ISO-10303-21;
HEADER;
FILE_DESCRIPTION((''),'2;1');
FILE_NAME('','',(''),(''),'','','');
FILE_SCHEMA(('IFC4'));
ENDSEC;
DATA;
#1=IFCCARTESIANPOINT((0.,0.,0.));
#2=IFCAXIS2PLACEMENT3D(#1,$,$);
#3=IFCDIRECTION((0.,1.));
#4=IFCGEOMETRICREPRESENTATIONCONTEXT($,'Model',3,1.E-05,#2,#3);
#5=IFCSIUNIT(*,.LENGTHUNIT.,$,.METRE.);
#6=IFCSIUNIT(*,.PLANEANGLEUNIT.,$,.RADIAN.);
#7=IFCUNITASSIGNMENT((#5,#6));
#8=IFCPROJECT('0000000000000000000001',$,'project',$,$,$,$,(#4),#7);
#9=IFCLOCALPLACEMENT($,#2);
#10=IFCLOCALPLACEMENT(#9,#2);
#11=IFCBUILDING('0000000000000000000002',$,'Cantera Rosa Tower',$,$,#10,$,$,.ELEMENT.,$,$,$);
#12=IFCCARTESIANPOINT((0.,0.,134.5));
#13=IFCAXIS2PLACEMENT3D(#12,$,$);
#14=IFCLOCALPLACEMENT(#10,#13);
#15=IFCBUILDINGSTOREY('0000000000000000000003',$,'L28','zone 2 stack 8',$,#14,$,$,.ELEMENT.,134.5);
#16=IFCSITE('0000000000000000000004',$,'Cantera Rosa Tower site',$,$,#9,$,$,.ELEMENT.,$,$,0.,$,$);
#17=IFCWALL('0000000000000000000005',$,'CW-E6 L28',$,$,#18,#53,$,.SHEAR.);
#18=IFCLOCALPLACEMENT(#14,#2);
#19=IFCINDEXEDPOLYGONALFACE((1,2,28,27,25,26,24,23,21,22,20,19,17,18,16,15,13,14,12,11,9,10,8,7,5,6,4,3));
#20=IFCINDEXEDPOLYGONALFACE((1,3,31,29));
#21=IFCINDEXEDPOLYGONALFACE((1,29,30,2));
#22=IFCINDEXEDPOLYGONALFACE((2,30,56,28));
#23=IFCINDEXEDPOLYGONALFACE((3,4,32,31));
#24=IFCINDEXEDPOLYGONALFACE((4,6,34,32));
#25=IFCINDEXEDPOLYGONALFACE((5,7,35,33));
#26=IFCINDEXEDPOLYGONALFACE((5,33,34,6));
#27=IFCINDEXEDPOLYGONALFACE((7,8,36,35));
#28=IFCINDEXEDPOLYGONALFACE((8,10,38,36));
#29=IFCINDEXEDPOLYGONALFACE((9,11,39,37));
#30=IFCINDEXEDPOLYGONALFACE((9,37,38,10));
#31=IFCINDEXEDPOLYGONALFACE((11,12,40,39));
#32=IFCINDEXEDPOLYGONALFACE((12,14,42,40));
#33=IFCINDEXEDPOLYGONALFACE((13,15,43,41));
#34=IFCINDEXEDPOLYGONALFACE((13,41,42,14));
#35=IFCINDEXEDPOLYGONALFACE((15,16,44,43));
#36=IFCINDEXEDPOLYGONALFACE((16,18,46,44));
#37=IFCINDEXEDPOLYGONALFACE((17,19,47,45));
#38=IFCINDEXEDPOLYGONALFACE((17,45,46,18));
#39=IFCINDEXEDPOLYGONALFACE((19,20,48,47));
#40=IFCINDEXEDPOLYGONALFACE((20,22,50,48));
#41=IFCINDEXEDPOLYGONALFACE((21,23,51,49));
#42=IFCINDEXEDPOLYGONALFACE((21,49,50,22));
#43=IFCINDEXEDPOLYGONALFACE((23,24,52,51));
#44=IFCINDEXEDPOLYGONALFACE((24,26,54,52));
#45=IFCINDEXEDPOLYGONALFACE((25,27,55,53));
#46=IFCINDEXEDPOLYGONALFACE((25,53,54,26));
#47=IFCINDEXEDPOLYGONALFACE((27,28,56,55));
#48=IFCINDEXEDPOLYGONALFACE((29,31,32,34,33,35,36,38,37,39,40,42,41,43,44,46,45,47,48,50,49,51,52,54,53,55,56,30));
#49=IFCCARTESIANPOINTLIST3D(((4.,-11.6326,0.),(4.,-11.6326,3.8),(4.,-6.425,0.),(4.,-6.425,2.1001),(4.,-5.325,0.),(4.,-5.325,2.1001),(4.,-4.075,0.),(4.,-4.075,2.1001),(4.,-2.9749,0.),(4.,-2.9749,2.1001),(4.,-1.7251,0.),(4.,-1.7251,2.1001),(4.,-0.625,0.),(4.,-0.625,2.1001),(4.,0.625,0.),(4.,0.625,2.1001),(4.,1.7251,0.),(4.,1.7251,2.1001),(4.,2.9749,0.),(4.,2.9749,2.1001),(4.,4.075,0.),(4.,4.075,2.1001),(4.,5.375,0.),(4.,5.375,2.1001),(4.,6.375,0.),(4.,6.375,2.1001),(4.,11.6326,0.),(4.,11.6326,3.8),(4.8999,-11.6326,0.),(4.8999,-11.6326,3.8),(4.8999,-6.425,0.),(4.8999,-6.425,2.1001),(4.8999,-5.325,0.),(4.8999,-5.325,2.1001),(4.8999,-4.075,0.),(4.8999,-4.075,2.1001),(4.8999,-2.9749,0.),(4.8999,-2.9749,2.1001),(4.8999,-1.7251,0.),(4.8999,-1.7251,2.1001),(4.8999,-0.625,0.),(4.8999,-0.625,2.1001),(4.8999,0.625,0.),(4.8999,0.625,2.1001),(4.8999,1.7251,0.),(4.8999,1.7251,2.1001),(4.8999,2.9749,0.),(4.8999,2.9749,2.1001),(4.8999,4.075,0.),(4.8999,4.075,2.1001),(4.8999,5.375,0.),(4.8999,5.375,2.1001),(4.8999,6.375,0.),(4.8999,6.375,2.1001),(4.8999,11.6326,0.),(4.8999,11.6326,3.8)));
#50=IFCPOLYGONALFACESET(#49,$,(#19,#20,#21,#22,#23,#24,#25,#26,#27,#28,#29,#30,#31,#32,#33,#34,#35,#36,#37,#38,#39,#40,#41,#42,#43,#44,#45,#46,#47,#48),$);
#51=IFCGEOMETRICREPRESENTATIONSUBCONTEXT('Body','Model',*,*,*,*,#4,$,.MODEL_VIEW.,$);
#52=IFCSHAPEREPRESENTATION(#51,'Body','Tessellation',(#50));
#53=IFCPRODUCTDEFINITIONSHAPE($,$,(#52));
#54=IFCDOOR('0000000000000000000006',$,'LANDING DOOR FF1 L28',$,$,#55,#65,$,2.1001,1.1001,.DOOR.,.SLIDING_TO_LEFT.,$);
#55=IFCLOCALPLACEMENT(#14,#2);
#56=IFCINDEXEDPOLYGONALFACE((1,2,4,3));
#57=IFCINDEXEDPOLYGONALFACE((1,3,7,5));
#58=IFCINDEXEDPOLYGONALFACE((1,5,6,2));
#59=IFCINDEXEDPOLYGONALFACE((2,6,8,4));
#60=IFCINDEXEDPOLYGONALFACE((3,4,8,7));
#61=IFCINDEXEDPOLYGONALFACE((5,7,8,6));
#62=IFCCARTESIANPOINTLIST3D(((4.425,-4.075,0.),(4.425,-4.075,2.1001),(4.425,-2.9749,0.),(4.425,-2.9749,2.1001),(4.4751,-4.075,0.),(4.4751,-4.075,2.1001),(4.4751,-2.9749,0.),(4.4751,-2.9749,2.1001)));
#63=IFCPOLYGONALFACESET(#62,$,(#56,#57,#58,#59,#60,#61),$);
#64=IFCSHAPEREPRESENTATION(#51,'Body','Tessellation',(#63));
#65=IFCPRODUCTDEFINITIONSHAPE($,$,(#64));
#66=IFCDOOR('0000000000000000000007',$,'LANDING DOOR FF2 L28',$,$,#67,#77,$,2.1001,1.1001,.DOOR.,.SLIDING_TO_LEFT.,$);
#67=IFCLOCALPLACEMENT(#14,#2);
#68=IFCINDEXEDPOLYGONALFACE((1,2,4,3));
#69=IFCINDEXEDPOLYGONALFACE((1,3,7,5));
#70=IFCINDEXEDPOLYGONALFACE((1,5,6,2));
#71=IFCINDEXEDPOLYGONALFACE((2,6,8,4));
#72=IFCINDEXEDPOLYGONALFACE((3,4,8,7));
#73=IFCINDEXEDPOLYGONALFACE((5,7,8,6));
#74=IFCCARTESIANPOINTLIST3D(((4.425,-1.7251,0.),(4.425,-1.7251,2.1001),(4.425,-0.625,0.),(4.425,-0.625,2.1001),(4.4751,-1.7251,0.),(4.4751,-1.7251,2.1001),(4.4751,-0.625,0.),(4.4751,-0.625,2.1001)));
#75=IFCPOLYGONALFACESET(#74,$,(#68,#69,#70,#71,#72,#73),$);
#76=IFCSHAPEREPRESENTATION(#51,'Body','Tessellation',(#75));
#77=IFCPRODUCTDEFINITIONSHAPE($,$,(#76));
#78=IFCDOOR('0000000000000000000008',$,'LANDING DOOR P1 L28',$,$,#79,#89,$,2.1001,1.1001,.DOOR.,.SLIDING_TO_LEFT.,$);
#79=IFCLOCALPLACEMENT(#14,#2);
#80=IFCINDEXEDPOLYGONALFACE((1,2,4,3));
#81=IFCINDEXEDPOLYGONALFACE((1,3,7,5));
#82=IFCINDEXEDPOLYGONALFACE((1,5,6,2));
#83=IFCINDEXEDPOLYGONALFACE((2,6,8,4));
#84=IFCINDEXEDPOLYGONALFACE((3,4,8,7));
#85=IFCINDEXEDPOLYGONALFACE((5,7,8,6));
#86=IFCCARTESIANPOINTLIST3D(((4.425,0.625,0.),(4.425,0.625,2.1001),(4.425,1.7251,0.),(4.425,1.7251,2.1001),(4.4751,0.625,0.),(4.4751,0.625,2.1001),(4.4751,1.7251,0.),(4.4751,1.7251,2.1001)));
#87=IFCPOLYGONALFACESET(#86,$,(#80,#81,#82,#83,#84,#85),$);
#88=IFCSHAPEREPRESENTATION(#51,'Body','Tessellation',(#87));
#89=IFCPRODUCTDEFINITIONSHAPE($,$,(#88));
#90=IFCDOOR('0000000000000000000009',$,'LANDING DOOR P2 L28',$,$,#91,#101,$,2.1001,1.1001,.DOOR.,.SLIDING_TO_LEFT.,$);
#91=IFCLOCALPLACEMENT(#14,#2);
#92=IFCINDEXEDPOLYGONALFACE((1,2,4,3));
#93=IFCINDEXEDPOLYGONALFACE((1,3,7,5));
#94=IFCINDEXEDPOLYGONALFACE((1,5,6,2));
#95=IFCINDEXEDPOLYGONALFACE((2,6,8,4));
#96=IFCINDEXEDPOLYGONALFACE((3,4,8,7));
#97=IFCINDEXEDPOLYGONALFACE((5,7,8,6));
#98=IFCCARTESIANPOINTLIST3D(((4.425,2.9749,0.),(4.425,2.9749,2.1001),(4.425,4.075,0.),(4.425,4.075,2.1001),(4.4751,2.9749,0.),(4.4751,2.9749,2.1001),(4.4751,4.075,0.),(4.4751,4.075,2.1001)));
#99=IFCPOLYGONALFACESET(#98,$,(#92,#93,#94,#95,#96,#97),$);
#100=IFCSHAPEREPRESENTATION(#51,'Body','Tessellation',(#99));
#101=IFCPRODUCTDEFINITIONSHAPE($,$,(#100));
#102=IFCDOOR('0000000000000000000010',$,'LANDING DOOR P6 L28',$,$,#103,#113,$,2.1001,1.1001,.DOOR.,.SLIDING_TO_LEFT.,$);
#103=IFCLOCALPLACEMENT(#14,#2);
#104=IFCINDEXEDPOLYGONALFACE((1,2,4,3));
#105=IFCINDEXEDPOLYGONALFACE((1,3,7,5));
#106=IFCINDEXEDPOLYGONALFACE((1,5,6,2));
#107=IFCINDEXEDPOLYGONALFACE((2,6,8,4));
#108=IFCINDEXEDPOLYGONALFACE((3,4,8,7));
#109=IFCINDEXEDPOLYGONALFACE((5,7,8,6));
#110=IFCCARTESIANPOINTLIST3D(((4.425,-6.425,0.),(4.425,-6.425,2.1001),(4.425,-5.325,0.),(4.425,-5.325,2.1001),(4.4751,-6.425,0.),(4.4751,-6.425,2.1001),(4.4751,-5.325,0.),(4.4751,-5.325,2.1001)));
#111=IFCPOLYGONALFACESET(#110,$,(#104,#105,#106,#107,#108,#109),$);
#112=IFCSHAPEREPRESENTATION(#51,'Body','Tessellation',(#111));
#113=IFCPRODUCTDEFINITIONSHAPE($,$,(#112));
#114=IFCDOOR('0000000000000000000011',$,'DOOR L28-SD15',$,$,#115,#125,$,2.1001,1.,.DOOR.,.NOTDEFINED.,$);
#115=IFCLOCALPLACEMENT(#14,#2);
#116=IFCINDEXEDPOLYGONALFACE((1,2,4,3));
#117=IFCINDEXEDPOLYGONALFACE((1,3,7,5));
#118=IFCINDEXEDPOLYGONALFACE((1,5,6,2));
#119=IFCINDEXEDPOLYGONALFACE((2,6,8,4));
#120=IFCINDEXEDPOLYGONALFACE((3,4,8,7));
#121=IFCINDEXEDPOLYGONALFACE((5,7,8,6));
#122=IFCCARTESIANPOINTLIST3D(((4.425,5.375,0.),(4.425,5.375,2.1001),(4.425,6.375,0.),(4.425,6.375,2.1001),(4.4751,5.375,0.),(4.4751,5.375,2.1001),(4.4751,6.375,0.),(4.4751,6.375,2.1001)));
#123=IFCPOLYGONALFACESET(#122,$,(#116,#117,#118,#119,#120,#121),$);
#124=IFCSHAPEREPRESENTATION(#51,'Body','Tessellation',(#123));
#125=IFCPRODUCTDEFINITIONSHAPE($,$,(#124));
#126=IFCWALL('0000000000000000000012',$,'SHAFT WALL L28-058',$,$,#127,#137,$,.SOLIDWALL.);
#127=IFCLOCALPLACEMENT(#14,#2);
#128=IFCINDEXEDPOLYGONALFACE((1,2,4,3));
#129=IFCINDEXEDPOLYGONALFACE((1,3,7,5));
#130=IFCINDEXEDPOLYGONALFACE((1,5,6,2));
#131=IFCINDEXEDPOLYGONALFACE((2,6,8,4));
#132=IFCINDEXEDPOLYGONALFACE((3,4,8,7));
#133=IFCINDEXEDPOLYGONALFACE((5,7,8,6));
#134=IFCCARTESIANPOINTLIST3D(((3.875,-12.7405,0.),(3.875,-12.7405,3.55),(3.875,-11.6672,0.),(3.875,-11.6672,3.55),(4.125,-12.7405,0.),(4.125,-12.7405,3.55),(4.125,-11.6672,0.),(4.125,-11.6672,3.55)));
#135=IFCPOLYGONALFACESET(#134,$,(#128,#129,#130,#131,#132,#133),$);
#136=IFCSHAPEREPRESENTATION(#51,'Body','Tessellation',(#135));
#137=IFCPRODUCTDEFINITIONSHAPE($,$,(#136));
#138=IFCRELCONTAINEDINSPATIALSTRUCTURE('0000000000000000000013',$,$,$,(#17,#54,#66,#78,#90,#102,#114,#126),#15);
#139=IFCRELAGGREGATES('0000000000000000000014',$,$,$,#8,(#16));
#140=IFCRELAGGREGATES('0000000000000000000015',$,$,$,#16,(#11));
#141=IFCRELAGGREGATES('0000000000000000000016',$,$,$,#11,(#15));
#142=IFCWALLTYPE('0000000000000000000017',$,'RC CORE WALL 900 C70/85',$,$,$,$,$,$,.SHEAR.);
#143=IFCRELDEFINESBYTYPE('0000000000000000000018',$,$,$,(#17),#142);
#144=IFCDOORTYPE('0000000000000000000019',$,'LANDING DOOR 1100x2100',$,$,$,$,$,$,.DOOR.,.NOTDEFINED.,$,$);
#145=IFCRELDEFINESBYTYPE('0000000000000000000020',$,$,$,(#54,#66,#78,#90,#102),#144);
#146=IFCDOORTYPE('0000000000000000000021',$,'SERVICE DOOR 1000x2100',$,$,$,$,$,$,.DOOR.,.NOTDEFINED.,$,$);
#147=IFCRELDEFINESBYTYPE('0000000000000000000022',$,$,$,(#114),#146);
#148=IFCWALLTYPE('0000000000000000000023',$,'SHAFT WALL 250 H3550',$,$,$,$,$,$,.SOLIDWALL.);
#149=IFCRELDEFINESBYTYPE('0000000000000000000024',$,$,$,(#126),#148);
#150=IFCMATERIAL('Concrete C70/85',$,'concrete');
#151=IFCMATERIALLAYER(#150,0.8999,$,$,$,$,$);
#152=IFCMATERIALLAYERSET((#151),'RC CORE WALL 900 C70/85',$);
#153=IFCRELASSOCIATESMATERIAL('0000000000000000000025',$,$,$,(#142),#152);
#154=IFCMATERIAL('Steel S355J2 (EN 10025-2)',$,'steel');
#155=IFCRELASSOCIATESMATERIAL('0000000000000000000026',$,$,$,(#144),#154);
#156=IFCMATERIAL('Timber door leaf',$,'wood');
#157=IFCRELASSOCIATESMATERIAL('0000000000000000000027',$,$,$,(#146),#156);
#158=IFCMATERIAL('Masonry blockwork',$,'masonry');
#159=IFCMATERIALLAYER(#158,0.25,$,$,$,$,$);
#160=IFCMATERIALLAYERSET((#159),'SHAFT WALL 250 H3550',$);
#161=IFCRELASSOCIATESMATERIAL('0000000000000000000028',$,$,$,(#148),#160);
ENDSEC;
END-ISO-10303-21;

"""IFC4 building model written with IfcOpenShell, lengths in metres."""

from ifc_helpers import new_model, si_unit, direction, frame, frame_2d, origin, place, context, subcontext, project, spatial, rectangle, extrude, material, layer, layer_set, type_object, element, fill, save


model = new_model("IFC4")

# Units and contexts
model_context = context("Model", 3, precision=1e-05, world=origin(), true_north=direction((0.0, 1.0)))
body_context = subcontext(model_context, "Body", "Model", "MODEL_VIEW")
ifc_project = project(units=[si_unit("LENGTHUNIT", "METRE"), si_unit("PLANEANGLEUNIT", "RADIAN")], contexts=[model_context])

# Site, building, storey
site_placement = place(None, origin())
site = spatial("IfcSite", under=ifc_project, at=site_placement, Name="Cantera Rosa Tower site", CompositionType="ELEMENT", RefElevation=0.0)
building_placement = place(site_placement, origin())
building = spatial("IfcBuilding", under=site, at=building_placement, Name="Cantera Rosa Tower", CompositionType="ELEMENT")
storey_placement = place(building_placement, frame((0.0, 0.0, 134.5)))
storey = spatial("IfcBuildingStorey", under=building, at=storey_placement, Name="L28", Description="zone 2 stack 8", CompositionType="ELEMENT", Elevation=134.5)

# Wall, openings, doors
ifc_material_1 = material(Name="Concrete C70/85", Category="concrete")
ifc_layer_1 = layer(ifc_material_1, 0.8999)
ifc_layer_set_1 = layer_set([ifc_layer_1], Name="RC CORE WALL 900 C70/85")
wall_type_1 = type_object("IfcWallType", Name="RC CORE WALL 900 C70/85", PredefinedType="SHEAR", material=ifc_layer_set_1)
wall_1_placement = place(storey_placement, frame((4.45, -11.6326, 0.0), z_axis=(0.0, 0.0, 1.0), x_axis=(0.0, 1.0, 0.0)))
wall_1 = element("IfcWall", 1, at=wall_1_placement, inside=storey, type_object=wall_type_1, Name="CW-E6 L28", PredefinedType="SHEAR", context=body_context, shape_type="SweptSolid", body=[
    extrude(rectangle(XDim=23.2651, YDim=0.8999, at=frame_2d((11.6326, 0.0))), origin(), (0.0, 0.0, 1.0), 3.8),
])
opening_1_placement = place(wall_1_placement, frame((7.5576, 0.0, 0.0)))
opening_1 = element("IfcOpeningElement", 2, at=opening_1_placement, cuts=wall_1, PredefinedType="OPENING", context=body_context, shape_type="SweptSolid", body=[
    extrude(rectangle(XDim=1.1001, YDim=2.1001, at=frame_2d((0.55, 1.05))), frame((0.0, 0.46, 0.0), z_axis=(0.0, -1.0, 0.0), x_axis=(1.0, 0.0, 0.0)), (0.0, 0.0, 1.0), 0.9199),
])
opening_2_placement = place(wall_1_placement, frame((9.9075, 0.0, 0.0)))
opening_2 = element("IfcOpeningElement", 3, at=opening_2_placement, cuts=wall_1, PredefinedType="OPENING", context=body_context, shape_type="SweptSolid", body=[
    extrude(rectangle(XDim=1.1001, YDim=2.1001, at=frame_2d((0.55, 1.05))), frame((0.0, 0.46, 0.0), z_axis=(0.0, -1.0, 0.0), x_axis=(1.0, 0.0, 0.0)), (0.0, 0.0, 1.0), 0.9199),
])
opening_3_placement = place(wall_1_placement, frame((12.2576, 0.0, 0.0)))
opening_3 = element("IfcOpeningElement", 4, at=opening_3_placement, cuts=wall_1, PredefinedType="OPENING", context=body_context, shape_type="SweptSolid", body=[
    extrude(rectangle(XDim=1.1001, YDim=2.1001, at=frame_2d((0.55, 1.05))), frame((0.0, 0.46, 0.0), z_axis=(0.0, -1.0, 0.0), x_axis=(1.0, 0.0, 0.0)), (0.0, 0.0, 1.0), 0.9199),
])
opening_4_placement = place(wall_1_placement, frame((14.6074, 0.0, 0.0)))
opening_4 = element("IfcOpeningElement", 5, at=opening_4_placement, cuts=wall_1, PredefinedType="OPENING", context=body_context, shape_type="SweptSolid", body=[
    extrude(rectangle(XDim=1.1001, YDim=2.1001, at=frame_2d((0.55, 1.05))), frame((0.0, 0.46, 0.0), z_axis=(0.0, -1.0, 0.0), x_axis=(1.0, 0.0, 0.0)), (0.0, 0.0, 1.0), 0.9199),
])
opening_5_placement = place(wall_1_placement, frame((5.2075, 0.0, 0.0)))
opening_5 = element("IfcOpeningElement", 6, at=opening_5_placement, cuts=wall_1, PredefinedType="OPENING", context=body_context, shape_type="SweptSolid", body=[
    extrude(rectangle(XDim=1.1001, YDim=2.1001, at=frame_2d((0.55, 1.05))), frame((0.0, 0.46, 0.0), z_axis=(0.0, -1.0, 0.0), x_axis=(1.0, 0.0, 0.0)), (0.0, 0.0, 1.0), 0.9199),
])
opening_6_placement = place(wall_1_placement, frame((17.0076, 0.0, 0.0)))
opening_6 = element("IfcOpeningElement", 7, at=opening_6_placement, cuts=wall_1, PredefinedType="OPENING", context=body_context, shape_type="SweptSolid", body=[
    extrude(rectangle(XDim=1.0, YDim=2.1001, at=frame_2d((0.5, 1.05))), frame((0.0, 0.46, 0.0), z_axis=(0.0, -1.0, 0.0), x_axis=(1.0, 0.0, 0.0)), (0.0, 0.0, 1.0), 0.9199),
])
ifc_material_2 = material(Name="Steel S355J2 (EN 10025-2)", Category="steel")
door_type_1 = type_object("IfcDoorType", Name="LANDING DOOR 1100x2100", OperationType="NOTDEFINED", PredefinedType="DOOR", material=ifc_material_2)
door_1_placement = place(opening_1_placement, origin())
door_1 = element("IfcDoor", 8, at=door_1_placement, inside=storey, type_object=door_type_1, Name="LANDING DOOR FF1 L28", OperationType="SLIDING_TO_LEFT", OverallHeight=2.1001, OverallWidth=1.1001, PredefinedType="DOOR", context=body_context, shape_type="SweptSolid", body=[
    extrude(rectangle(XDim=1.1001, YDim=2.1001, at=frame_2d((0.55, 1.05))), frame((0.0, 0.0249, 0.0), z_axis=(0.0, -1.0, 0.0), x_axis=(1.0, 0.0, 0.0)), (0.0, 0.0, 1.0), 0.05),
])
fill(opening_1, door_1)
door_2_placement = place(opening_2_placement, origin())
door_2 = element("IfcDoor", 9, at=door_2_placement, inside=storey, type_object=door_type_1, Name="LANDING DOOR FF2 L28", OperationType="SLIDING_TO_LEFT", OverallHeight=2.1001, OverallWidth=1.1001, PredefinedType="DOOR", context=body_context, shape_type="SweptSolid", body=[
    extrude(rectangle(XDim=1.1001, YDim=2.1001, at=frame_2d((0.55, 1.05))), frame((0.0, 0.0249, 0.0), z_axis=(0.0, -1.0, 0.0), x_axis=(1.0, 0.0, 0.0)), (0.0, 0.0, 1.0), 0.05),
])
fill(opening_2, door_2)
door_3_placement = place(opening_3_placement, origin())
door_3 = element("IfcDoor", 10, at=door_3_placement, inside=storey, type_object=door_type_1, Name="LANDING DOOR P1 L28", OperationType="SLIDING_TO_LEFT", OverallHeight=2.1001, OverallWidth=1.1001, PredefinedType="DOOR", context=body_context, shape_type="SweptSolid", body=[
    extrude(rectangle(XDim=1.1001, YDim=2.1001, at=frame_2d((0.55, 1.05))), frame((0.0, 0.0249, 0.0), z_axis=(0.0, -1.0, 0.0), x_axis=(1.0, 0.0, 0.0)), (0.0, 0.0, 1.0), 0.05),
])
fill(opening_3, door_3)
door_4_placement = place(opening_4_placement, origin())
door_4 = element("IfcDoor", 11, at=door_4_placement, inside=storey, type_object=door_type_1, Name="LANDING DOOR P2 L28", OperationType="SLIDING_TO_LEFT", OverallHeight=2.1001, OverallWidth=1.1001, PredefinedType="DOOR", context=body_context, shape_type="SweptSolid", body=[
    extrude(rectangle(XDim=1.1001, YDim=2.1001, at=frame_2d((0.55, 1.05))), frame((0.0, 0.0249, 0.0), z_axis=(0.0, -1.0, 0.0), x_axis=(1.0, 0.0, 0.0)), (0.0, 0.0, 1.0), 0.05),
])
fill(opening_4, door_4)
door_5_placement = place(opening_5_placement, origin())
door_5 = element("IfcDoor", 12, at=door_5_placement, inside=storey, type_object=door_type_1, Name="LANDING DOOR P6 L28", OperationType="SLIDING_TO_LEFT", OverallHeight=2.1001, OverallWidth=1.1001, PredefinedType="DOOR", context=body_context, shape_type="SweptSolid", body=[
    extrude(rectangle(XDim=1.1001, YDim=2.1001, at=frame_2d((0.55, 1.05))), frame((0.0, 0.0249, 0.0), z_axis=(0.0, -1.0, 0.0), x_axis=(1.0, 0.0, 0.0)), (0.0, 0.0, 1.0), 0.05),
])
fill(opening_5, door_5)
ifc_material_3 = material(Name="Timber door leaf", Category="wood")
door_type_2 = type_object("IfcDoorType", Name="SERVICE DOOR 1000x2100", OperationType="NOTDEFINED", PredefinedType="DOOR", material=ifc_material_3)
door_6_placement = place(opening_6_placement, origin())
door_6 = element("IfcDoor", 13, at=door_6_placement, inside=storey, type_object=door_type_2, Name="DOOR L28-SD15", OperationType="NOTDEFINED", OverallHeight=2.1001, OverallWidth=1.0, PredefinedType="DOOR", context=body_context, shape_type="SweptSolid", body=[
    extrude(rectangle(XDim=1.0, YDim=2.1001, at=frame_2d((0.5, 1.05))), frame((0.0, 0.0249, 0.0), z_axis=(0.0, -1.0, 0.0), x_axis=(1.0, 0.0, 0.0)), (0.0, 0.0, 1.0), 0.05),
])
fill(opening_6, door_6)

# Wall
ifc_material_4 = material(Name="Masonry blockwork", Category="masonry")
ifc_layer_2 = layer(ifc_material_4, 0.25)
ifc_layer_set_2 = layer_set([ifc_layer_2], Name="SHAFT WALL 250 H3550")
wall_type_2 = type_object("IfcWallType", Name="SHAFT WALL 250 H3550", PredefinedType="SOLIDWALL", material=ifc_layer_set_2)
wall_2_placement = place(storey_placement, frame((4.0, -12.7405, 0.0), z_axis=(0.0, 0.0, 1.0), x_axis=(0.0, 1.0, 0.0)))
element("IfcWall", 14, at=wall_2_placement, inside=storey, type_object=wall_type_2, Name="SHAFT WALL L28-058", PredefinedType="SOLIDWALL", context=body_context, shape_type="SweptSolid", body=[
    extrude(rectangle(XDim=1.0732, YDim=0.25, at=frame_2d((0.5366, 0.0))), origin(), (0.0, 0.0, 1.0), 3.55),
])

save(model, "model.ifc")
